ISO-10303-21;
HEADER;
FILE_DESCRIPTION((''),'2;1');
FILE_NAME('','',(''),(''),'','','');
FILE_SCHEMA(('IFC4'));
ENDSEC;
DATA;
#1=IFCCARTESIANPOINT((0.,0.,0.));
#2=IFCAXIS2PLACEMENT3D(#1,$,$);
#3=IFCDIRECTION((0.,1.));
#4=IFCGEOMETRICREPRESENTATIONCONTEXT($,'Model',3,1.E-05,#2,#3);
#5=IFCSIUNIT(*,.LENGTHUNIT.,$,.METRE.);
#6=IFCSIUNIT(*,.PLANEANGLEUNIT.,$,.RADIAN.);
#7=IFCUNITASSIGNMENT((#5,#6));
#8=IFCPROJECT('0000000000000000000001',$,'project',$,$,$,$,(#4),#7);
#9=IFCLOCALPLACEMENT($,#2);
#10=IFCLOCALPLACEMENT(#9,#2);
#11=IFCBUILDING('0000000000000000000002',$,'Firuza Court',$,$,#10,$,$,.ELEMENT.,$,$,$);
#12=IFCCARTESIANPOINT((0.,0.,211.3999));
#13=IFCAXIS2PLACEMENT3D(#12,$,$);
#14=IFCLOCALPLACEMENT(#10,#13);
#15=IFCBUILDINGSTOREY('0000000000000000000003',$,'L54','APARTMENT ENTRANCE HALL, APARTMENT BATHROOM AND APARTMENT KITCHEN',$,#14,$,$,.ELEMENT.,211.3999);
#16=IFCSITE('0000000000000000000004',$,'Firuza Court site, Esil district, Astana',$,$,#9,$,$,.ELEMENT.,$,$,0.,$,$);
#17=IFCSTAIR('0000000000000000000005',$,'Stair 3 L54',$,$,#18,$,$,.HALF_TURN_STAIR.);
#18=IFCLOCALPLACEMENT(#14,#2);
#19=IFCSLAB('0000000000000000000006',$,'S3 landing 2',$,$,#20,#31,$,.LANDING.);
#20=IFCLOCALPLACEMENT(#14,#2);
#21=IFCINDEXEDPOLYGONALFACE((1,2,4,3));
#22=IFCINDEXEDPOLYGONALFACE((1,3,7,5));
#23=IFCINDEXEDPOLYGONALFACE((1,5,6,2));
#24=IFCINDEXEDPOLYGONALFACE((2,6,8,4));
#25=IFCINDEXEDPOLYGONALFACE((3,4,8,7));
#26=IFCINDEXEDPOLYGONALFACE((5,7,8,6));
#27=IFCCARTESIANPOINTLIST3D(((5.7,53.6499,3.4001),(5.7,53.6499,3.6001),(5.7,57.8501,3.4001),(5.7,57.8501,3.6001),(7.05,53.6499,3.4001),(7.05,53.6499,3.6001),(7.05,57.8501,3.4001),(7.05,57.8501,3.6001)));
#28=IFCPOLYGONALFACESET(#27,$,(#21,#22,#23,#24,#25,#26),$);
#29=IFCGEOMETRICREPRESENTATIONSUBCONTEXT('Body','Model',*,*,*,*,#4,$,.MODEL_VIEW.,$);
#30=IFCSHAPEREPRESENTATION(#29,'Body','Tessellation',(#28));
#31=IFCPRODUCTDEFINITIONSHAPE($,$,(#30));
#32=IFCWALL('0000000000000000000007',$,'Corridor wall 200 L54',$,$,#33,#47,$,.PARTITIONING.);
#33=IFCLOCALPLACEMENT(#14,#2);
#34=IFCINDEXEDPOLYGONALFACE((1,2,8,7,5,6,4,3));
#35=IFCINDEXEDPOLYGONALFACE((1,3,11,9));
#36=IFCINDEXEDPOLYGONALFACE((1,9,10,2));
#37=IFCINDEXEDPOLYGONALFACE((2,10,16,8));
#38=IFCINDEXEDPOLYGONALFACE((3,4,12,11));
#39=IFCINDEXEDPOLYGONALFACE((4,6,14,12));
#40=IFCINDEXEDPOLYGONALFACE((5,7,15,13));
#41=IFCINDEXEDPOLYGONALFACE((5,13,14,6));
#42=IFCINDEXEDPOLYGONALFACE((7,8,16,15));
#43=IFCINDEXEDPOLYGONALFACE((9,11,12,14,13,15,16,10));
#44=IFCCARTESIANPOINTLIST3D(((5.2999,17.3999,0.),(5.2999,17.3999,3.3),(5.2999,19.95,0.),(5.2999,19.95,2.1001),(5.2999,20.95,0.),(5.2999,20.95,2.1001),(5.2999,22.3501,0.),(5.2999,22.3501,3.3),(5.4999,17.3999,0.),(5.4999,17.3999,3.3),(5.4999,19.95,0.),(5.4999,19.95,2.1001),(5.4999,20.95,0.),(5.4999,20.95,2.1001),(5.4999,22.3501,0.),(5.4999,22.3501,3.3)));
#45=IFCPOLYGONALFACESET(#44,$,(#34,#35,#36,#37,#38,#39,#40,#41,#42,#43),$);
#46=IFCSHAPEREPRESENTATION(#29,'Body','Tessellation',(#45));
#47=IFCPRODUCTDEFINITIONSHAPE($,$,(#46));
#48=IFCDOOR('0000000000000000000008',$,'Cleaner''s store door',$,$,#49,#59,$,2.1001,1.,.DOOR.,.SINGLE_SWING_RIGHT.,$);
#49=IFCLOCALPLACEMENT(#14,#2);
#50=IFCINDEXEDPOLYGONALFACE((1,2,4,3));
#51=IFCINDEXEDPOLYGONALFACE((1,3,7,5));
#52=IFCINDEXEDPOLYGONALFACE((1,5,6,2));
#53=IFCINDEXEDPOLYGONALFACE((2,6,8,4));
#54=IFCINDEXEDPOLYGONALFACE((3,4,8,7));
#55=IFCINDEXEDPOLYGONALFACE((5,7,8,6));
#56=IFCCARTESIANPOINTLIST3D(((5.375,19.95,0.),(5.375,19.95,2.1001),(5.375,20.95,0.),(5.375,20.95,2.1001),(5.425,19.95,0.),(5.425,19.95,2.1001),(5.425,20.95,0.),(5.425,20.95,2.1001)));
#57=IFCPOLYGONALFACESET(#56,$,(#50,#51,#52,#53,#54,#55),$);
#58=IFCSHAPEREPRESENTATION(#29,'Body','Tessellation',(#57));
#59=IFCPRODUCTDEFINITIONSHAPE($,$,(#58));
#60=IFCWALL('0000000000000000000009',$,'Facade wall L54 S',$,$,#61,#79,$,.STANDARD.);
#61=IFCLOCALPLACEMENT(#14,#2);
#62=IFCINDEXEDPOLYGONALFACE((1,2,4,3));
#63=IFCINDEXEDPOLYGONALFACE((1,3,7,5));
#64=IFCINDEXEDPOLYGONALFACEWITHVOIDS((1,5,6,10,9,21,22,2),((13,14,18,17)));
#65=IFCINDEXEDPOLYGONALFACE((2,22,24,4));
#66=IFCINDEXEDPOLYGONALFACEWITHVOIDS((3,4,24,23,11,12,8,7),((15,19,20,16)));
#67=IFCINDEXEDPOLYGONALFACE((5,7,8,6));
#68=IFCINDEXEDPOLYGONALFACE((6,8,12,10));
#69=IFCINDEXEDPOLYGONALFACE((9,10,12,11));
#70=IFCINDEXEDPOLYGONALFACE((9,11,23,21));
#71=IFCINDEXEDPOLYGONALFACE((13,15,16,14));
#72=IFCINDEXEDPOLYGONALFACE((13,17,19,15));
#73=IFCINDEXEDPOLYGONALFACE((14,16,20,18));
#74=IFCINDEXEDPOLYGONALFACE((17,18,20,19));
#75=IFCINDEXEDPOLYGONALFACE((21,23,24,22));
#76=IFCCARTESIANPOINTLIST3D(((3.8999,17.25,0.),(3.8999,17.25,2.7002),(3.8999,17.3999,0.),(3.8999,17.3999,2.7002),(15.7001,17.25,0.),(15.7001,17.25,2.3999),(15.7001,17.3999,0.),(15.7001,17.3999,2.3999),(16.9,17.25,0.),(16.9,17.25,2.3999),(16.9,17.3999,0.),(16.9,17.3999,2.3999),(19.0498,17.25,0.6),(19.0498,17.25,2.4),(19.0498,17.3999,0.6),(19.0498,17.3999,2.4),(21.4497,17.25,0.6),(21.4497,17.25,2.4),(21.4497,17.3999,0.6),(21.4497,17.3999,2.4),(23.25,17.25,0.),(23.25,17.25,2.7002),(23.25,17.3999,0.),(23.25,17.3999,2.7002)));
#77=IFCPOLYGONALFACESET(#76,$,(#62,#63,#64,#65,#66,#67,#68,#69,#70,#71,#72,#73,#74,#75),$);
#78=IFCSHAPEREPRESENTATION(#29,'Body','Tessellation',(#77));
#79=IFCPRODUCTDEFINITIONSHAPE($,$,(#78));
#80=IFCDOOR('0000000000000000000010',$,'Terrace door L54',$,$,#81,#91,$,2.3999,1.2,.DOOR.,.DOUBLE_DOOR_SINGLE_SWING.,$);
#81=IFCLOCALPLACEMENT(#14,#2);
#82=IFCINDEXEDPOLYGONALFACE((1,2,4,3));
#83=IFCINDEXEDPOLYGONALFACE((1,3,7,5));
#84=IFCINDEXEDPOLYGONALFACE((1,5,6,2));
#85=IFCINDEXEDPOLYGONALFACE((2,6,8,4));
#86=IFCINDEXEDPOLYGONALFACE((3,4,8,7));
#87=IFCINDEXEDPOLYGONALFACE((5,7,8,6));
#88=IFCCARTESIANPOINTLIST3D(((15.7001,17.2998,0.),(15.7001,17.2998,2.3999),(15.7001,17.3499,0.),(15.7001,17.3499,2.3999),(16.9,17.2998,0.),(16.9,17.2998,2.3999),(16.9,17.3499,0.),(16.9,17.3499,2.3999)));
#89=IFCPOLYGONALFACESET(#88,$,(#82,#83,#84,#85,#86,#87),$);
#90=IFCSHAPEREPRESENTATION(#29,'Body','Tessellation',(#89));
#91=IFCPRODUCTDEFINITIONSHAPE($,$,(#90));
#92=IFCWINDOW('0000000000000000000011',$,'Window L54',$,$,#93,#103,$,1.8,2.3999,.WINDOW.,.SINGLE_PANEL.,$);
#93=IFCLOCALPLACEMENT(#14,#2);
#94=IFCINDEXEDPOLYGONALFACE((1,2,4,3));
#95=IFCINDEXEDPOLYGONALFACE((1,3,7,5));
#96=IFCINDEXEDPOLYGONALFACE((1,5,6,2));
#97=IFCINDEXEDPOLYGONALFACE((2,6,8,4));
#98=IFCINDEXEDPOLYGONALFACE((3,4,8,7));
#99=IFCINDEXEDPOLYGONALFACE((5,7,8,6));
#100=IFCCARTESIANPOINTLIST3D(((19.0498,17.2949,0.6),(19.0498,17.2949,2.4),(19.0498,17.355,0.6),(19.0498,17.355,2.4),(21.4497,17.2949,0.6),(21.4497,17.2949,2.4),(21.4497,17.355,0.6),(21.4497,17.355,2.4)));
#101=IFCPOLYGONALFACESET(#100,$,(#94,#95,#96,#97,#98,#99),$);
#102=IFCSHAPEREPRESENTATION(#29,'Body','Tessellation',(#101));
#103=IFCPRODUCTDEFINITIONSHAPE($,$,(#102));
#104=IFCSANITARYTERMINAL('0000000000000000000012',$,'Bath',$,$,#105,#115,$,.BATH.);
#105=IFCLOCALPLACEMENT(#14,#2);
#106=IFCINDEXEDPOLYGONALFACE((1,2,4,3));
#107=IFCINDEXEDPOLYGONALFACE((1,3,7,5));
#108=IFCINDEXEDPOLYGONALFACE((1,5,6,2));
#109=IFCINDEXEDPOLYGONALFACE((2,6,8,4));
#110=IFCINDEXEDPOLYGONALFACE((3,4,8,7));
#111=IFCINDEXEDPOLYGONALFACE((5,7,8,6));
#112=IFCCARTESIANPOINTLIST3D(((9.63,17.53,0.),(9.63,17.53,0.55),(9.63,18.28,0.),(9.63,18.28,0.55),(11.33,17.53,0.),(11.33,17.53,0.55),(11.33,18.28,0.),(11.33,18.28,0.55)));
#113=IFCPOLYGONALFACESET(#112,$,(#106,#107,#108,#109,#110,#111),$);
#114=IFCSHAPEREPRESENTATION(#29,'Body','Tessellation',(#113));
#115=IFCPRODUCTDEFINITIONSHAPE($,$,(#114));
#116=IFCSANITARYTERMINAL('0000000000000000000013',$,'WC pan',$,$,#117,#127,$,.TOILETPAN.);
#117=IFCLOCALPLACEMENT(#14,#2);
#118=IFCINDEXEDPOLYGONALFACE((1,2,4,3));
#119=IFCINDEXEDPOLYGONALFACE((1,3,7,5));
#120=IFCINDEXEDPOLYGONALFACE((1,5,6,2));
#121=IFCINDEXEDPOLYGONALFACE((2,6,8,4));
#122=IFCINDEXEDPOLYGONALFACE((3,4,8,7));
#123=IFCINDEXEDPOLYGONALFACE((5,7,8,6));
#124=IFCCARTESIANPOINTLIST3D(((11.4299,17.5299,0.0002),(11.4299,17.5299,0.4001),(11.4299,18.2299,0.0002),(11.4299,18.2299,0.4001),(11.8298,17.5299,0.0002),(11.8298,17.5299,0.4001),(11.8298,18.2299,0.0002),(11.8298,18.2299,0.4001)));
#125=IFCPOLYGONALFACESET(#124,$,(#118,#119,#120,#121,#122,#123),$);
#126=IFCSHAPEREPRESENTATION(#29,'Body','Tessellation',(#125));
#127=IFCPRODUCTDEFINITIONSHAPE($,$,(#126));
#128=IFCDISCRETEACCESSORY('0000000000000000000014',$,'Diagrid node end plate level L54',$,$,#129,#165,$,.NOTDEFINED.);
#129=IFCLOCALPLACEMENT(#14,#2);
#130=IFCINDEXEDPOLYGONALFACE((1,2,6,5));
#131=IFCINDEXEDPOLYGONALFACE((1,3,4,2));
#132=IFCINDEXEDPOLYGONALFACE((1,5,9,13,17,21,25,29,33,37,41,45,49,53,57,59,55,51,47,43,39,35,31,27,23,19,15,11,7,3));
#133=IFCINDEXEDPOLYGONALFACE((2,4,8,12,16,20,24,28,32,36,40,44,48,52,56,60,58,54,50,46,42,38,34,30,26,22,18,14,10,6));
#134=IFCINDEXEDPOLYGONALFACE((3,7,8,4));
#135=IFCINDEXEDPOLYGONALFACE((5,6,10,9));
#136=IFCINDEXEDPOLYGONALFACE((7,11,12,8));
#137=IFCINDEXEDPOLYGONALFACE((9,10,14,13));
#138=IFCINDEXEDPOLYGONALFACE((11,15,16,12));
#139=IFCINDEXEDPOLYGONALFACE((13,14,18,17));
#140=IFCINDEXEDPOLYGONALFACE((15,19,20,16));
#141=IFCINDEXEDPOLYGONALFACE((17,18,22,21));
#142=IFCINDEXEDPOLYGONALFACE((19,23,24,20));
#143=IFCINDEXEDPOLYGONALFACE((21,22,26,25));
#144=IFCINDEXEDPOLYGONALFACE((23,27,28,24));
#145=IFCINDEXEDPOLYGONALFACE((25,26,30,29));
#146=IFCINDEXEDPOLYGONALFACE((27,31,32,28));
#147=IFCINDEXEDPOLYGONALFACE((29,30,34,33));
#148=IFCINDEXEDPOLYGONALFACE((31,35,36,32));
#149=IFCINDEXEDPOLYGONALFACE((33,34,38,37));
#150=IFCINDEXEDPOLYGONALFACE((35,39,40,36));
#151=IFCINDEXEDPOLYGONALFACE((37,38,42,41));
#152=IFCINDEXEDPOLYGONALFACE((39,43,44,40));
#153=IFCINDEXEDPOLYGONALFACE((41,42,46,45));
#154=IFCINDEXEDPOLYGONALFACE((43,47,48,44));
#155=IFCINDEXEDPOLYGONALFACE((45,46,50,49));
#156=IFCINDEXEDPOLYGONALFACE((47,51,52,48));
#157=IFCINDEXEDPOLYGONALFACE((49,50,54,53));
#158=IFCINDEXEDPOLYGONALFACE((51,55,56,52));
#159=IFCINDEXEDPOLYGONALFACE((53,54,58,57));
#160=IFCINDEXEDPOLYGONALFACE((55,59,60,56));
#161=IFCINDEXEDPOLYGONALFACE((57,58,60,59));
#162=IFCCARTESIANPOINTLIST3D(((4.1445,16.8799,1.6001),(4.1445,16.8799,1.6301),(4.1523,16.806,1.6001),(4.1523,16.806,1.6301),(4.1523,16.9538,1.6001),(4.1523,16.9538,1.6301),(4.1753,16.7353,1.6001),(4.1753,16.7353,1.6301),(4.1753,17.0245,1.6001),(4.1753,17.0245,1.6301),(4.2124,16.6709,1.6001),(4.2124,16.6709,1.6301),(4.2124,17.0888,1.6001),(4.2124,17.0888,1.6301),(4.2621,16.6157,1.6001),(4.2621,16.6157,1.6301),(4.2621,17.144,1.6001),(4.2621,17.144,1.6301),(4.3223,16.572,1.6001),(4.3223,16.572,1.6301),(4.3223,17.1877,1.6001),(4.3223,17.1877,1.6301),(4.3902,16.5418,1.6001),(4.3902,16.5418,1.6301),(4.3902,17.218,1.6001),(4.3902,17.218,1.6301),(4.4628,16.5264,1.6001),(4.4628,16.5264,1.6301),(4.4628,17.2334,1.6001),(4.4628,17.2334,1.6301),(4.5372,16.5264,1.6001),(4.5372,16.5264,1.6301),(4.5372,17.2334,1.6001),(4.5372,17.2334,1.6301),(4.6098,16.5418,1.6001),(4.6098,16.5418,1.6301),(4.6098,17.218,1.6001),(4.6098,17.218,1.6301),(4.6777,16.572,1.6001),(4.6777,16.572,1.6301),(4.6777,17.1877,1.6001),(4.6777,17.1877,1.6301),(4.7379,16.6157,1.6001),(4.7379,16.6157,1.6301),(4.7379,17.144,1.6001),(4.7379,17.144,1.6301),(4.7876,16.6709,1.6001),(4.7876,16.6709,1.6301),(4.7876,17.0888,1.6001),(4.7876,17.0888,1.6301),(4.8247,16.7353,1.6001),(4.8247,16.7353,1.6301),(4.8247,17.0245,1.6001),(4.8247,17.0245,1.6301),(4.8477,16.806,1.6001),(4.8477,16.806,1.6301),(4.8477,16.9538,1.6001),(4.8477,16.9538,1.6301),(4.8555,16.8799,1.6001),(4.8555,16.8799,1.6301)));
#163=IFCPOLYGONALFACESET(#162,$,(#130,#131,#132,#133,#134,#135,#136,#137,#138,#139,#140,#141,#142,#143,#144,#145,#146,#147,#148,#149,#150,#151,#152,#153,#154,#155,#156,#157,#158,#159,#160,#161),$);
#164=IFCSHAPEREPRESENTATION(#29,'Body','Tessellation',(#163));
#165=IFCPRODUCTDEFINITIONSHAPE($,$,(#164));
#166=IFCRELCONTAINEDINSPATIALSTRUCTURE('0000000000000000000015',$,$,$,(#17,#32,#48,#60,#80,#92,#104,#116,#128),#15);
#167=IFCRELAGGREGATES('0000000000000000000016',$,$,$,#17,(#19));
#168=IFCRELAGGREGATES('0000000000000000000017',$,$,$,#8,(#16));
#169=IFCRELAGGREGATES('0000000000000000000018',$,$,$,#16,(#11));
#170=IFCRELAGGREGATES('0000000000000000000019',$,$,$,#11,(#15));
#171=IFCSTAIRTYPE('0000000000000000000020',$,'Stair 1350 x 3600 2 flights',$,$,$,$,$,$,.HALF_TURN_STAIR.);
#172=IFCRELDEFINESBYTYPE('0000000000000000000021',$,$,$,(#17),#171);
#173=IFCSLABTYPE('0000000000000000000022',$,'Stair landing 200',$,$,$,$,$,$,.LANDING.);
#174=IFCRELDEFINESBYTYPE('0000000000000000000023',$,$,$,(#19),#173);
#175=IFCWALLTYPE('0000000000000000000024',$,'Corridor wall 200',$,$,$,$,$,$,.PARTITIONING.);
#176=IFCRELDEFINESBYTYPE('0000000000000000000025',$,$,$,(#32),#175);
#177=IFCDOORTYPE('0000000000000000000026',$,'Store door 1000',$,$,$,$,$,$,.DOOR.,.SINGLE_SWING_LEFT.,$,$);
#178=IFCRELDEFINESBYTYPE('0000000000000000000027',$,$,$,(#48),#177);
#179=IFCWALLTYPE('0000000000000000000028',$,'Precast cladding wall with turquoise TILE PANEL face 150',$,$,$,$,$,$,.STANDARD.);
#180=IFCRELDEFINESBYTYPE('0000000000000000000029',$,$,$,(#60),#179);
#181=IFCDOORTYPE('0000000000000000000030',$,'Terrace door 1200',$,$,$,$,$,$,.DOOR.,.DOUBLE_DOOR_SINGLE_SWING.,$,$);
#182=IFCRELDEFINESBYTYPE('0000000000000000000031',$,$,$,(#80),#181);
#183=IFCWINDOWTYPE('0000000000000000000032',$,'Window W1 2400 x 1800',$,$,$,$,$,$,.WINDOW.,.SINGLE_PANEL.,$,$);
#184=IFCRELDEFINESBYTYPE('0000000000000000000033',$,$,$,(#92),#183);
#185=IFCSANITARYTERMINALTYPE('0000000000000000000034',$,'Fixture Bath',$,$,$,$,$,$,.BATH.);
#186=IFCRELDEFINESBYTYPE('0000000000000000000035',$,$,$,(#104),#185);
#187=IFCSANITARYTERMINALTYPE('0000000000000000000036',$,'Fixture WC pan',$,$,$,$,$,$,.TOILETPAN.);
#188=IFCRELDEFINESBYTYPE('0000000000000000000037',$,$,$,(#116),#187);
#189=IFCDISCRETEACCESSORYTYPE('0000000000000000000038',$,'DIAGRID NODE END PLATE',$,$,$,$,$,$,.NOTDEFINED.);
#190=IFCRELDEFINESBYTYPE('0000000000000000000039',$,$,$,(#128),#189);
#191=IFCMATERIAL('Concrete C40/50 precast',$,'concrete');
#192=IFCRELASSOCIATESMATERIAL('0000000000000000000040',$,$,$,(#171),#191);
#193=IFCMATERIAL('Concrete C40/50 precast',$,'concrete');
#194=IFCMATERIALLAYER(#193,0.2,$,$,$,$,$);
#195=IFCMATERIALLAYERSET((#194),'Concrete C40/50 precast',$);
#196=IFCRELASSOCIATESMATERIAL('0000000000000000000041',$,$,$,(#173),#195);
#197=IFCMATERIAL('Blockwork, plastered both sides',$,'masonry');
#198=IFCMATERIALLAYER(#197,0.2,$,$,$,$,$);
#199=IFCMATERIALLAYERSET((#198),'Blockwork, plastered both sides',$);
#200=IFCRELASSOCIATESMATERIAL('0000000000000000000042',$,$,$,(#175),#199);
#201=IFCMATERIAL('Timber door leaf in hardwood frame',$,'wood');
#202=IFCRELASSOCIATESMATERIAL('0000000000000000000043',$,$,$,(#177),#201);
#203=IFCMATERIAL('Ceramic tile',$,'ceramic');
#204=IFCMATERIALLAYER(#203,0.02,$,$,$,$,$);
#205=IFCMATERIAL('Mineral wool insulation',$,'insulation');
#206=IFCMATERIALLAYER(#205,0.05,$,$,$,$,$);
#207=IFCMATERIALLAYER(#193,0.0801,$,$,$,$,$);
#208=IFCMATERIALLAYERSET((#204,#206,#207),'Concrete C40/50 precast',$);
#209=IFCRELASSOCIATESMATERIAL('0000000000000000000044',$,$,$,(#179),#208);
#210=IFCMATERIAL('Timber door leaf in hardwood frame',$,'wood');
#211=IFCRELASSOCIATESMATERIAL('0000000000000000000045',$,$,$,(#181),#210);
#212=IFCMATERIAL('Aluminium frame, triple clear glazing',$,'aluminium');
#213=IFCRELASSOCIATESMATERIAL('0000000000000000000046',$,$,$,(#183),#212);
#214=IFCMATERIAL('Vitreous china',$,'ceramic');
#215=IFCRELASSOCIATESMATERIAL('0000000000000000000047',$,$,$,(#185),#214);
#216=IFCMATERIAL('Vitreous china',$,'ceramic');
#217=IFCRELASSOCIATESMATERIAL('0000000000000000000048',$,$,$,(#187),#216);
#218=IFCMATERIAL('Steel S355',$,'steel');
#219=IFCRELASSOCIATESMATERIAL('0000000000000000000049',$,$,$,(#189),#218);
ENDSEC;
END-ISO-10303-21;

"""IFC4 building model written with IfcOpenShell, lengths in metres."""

from ifc_helpers import new_model, si_unit, direction, frame, frame_2d, origin, origin_2d, place, context, subcontext, project, spatial, polyline, rectangle, circle, outline, extrude, material, layer, layer_set, material_profile, profile_set, type_object, element, fill, aggregate, save


model = new_model("IFC4")

# Units and contexts
model_context = context("Model", 3, precision=1e-05, world=origin(), true_north=direction((0.0, 1.0)))
body_context = subcontext(model_context, "Body", "Model", "MODEL_VIEW")
ifc_project = project(units=[si_unit("LENGTHUNIT", "METRE"), si_unit("PLANEANGLEUNIT", "RADIAN")], contexts=[model_context])

# Site, building, storey
site_placement = place(None, origin())
site = spatial("IfcSite", under=ifc_project, at=site_placement, Name="Firuza Court site, Esil district, Astana", CompositionType="ELEMENT", RefElevation=0.0)
building_placement = place(site_placement, origin())
building = spatial("IfcBuilding", under=site, at=building_placement, Name="Firuza Court", CompositionType="ELEMENT")
storey_placement = place(building_placement, frame((0.0, 0.0, 211.3999)))
storey = spatial("IfcBuildingStorey", under=building, at=storey_placement, Name="L54", Description="APARTMENT ENTRANCE HALL, APARTMENT BATHROOM AND APARTMENT KITCHEN", CompositionType="ELEMENT", Elevation=211.3999)

# Stair, slab
ifc_material_1 = material(Name="Concrete C40/50 precast", Category="concrete")
stair_type = type_object("IfcStairType", Name="Stair 1350 x 3600 2 flights", PredefinedType="HALF_TURN_STAIR", material=ifc_material_1)
ifc_material_2 = material(Name="Concrete C40/50 precast", Category="concrete")
ifc_layer_1 = layer(ifc_material_2, 0.2)
ifc_layer_set_1 = layer_set([ifc_layer_1], Name="Concrete C40/50 precast")
slab_type_1 = type_object("IfcSlabType", Name="Stair landing 200", PredefinedType="LANDING", material=ifc_layer_set_1)
stair_1_placement = place(storey_placement, origin())
stair_1 = element("IfcStair", 1, at=stair_1_placement, inside=storey, type_object=stair_type, Name="Stair 3 L54", PredefinedType="HALF_TURN_STAIR")
slab_1_placement = place(storey_placement, frame((0.0, 0.0, 3.4001)))
slab_1 = element("IfcSlab", 2, at=slab_1_placement, type_object=slab_type_1, Name="S3 landing 2", PredefinedType="LANDING", context=body_context, shape_type="SweptSolid", body=[
    extrude(outline(polyline([(7.05, 53.6499), (7.05, 57.8501), (5.7, 57.8501), (5.7, 53.6499), (7.05, 53.6499)])), origin(), (0.0, 0.0, 1.0), 0.2),
])
aggregate(stair_1, [slab_1])

# Wall, opening, door
ifc_material_3 = material(Name="Blockwork, plastered both sides", Category="masonry")
ifc_layer_2 = layer(ifc_material_3, 0.2)
ifc_layer_set_2 = layer_set([ifc_layer_2], Name="Blockwork, plastered both sides")
wall_type_1 = type_object("IfcWallType", Name="Corridor wall 200", PredefinedType="PARTITIONING", material=ifc_layer_set_2)
wall_1_placement = place(storey_placement, frame((5.3999, 17.3999, 0.0), z_axis=(0.0, 0.0, 1.0), x_axis=(0.0, 1.0, 0.0)))
wall_1 = element("IfcWall", 3, at=wall_1_placement, inside=storey, type_object=wall_type_1, Name="Corridor wall 200 L54", PredefinedType="PARTITIONING", context=body_context, shape_type="SweptSolid", body=[
    extrude(rectangle(XDim=4.9502, YDim=0.2, at=frame_2d((2.4751, 0.0))), origin(), (0.0, 0.0, 1.0), 3.3),
])
opening_1_placement = place(wall_1_placement, frame((2.55, 0.0, 0.0)))
opening_1 = element("IfcOpeningElement", 4, at=opening_1_placement, cuts=wall_1, PredefinedType="OPENING", context=body_context, shape_type="SweptSolid", body=[
    extrude(rectangle(XDim=1.0, YDim=2.1001, at=frame_2d((0.5, 1.05))), frame((0.0, 0.1118, 0.0), z_axis=(0.0, -1.0, 0.0), x_axis=(1.0, 0.0, 0.0)), (0.0, 0.0, 1.0), 0.2239),
])
ifc_material_4 = material(Name="Timber door leaf in hardwood frame", Category="wood")
door_type_1 = type_object("IfcDoorType", Name="Store door 1000", OperationType="SINGLE_SWING_LEFT", PredefinedType="DOOR", material=ifc_material_4)
door_1_placement = place(opening_1_placement, origin())
door_1 = element("IfcDoor", 5, at=door_1_placement, inside=storey, type_object=door_type_1, Name="Cleaner's store door", OperationType="SINGLE_SWING_RIGHT", OverallHeight=2.1001, OverallWidth=1.0, PredefinedType="DOOR", context=body_context, shape_type="SweptSolid", body=[
    extrude(rectangle(XDim=1.0, YDim=2.1001, at=frame_2d((0.5, 1.05))), frame((0.0, 0.0249, 0.0), z_axis=(0.0, -1.0, 0.0), x_axis=(1.0, 0.0, 0.0)), (0.0, 0.0, 1.0), 0.05),
])
fill(opening_1, door_1)

# Wall, openings, door, window
ifc_material_5 = material(Name="Ceramic tile", Category="ceramic")
ifc_layer_3 = layer(ifc_material_5, 0.02)
ifc_material_6 = material(Name="Mineral wool insulation", Category="insulation")
ifc_layer_4 = layer(ifc_material_6, 0.05)
ifc_layer_5 = layer(ifc_material_2, 0.0801)
ifc_layer_set_3 = layer_set([ifc_layer_3, ifc_layer_4, ifc_layer_5], Name="Concrete C40/50 precast")
wall_type_2 = type_object("IfcWallType", Name="Precast cladding wall with turquoise TILE PANEL face 150", PredefinedType="STANDARD", material=ifc_layer_set_3)
wall_2_placement = place(storey_placement, frame((3.8999, 17.325, 0.0), z_axis=(0.0, 0.0, 1.0), x_axis=(1.0, 0.0, 0.0)))
wall_2 = element("IfcWall", 6, at=wall_2_placement, inside=storey, type_object=wall_type_2, Name="Facade wall L54 S", PredefinedType="STANDARD", context=body_context, shape_type="SweptSolid", body=[
    extrude(rectangle(XDim=19.3501, YDim=0.1499, at=frame_2d((9.675, 0.0))), origin(), (0.0, 0.0, 1.0), 2.7002),
])
opening_2_placement = place(wall_2_placement, frame((11.8, 0.0, 0.0)))
opening_2 = element("IfcOpeningElement", 7, at=opening_2_placement, cuts=wall_2, PredefinedType="OPENING", context=body_context, shape_type="SweptSolid", body=[
    extrude(rectangle(XDim=1.2, YDim=2.3999, at=frame_2d((0.6001, 1.2))), frame((0.0, 0.0869, 0.0), z_axis=(0.0, -1.0, 0.0), x_axis=(1.0, 0.0, 0.0)), (0.0, 0.0, 1.0), 0.1738),
])
opening_3_placement = place(wall_2_placement, frame((15.1499, 0.0, 0.6001)))
opening_3 = element("IfcOpeningElement", 8, at=opening_3_placement, cuts=wall_2, PredefinedType="OPENING", context=body_context, shape_type="SweptSolid", body=[
    extrude(rectangle(XDim=2.3999, YDim=1.8, at=frame_2d((1.2, 0.8999))), frame((0.0, 0.0869, 0.0), z_axis=(0.0, -1.0, 0.0), x_axis=(1.0, 0.0, 0.0)), (0.0, 0.0, 1.0), 0.1738),
])
ifc_material_7 = material(Name="Timber door leaf in hardwood frame", Category="wood")
door_type_2 = type_object("IfcDoorType", Name="Terrace door 1200", OperationType="DOUBLE_DOOR_SINGLE_SWING", PredefinedType="DOOR", material=ifc_material_7)
door_2_placement = place(opening_2_placement, origin())
door_2 = element("IfcDoor", 9, at=door_2_placement, inside=storey, type_object=door_type_2, Name="Terrace door L54", OperationType="DOUBLE_DOOR_SINGLE_SWING", OverallHeight=2.3999, OverallWidth=1.2, PredefinedType="DOOR", context=body_context, shape_type="SweptSolid", body=[
    extrude(rectangle(XDim=1.2, YDim=2.3999, at=frame_2d((0.6001, 1.2))), frame((0.0, 0.0249, 0.0), z_axis=(0.0, -1.0, 0.0), x_axis=(1.0, 0.0, 0.0)), (0.0, 0.0, 1.0), 0.05),
])
fill(opening_2, door_2)
ifc_material_8 = material(Name="Aluminium frame, triple clear glazing", Category="aluminium")
window_type = type_object("IfcWindowType", Name="Window W1 2400 x 1800", PartitioningType="SINGLE_PANEL", PredefinedType="WINDOW", material=ifc_material_8)
window_placement = place(opening_3_placement, origin())
window = element("IfcWindow", 10, at=window_placement, inside=storey, type_object=window_type, Name="Window L54", OverallHeight=1.8, OverallWidth=2.3999, PartitioningType="SINGLE_PANEL", PredefinedType="WINDOW", context=body_context, shape_type="SweptSolid", body=[
    extrude(rectangle(XDim=2.3999, YDim=1.8, at=frame_2d((1.2, 0.8999))), frame((0.0, 0.03, 0.0), z_axis=(0.0, -1.0, 0.0), x_axis=(1.0, 0.0, 0.0)), (0.0, 0.0, 1.0), 0.0601),
])
fill(opening_3, window)

# Sanitary terminals
ifc_material_9 = material(Name="Vitreous china", Category="ceramic")
sanitary_terminal_type_1 = type_object("IfcSanitaryTerminalType", Name="Fixture Bath", PredefinedType="BATH", material=ifc_material_9)
sanitary_terminal_1_placement = place(storey_placement, frame((10.48, 17.905, 0.0), z_axis=(0.0, 0.0, 1.0), x_axis=(1.0, 0.0, 0.0)))
element("IfcSanitaryTerminal", 11, at=sanitary_terminal_1_placement, inside=storey, type_object=sanitary_terminal_type_1, Name="Bath", PredefinedType="BATH", context=body_context, shape_type="SweptSolid", body=[
    extrude(rectangle(XDim=1.7, YDim=0.75, at=origin_2d()), origin(), (0.0, 0.0, 1.0), 0.55),
])
ifc_material_10 = material(Name="Vitreous china", Category="ceramic")
sanitary_terminal_type_2 = type_object("IfcSanitaryTerminalType", Name="Fixture WC pan", PredefinedType="TOILETPAN", material=ifc_material_10)
sanitary_terminal_2_placement = place(storey_placement, frame((11.6299, 17.8799, 0.0002), z_axis=(0.0, 0.0, 1.0), x_axis=(1.0, 0.0, 0.0)))
element("IfcSanitaryTerminal", 12, at=sanitary_terminal_2_placement, inside=storey, type_object=sanitary_terminal_type_2, Name="WC pan", PredefinedType="TOILETPAN", context=body_context, shape_type="SweptSolid", body=[
    extrude(rectangle(XDim=0.3999, YDim=0.7, at=origin_2d()), origin(), (0.0, 0.0, 1.0), 0.3999),
])

# Discrete accessory
ifc_material_11 = material(Name="Steel S355", Category="steel")
ifc_material_profile_1 = material_profile(ifc_material_11, circle(Radius=0.3555, at=origin_2d()), Name="PL D711")
ifc_profile_set_1 = profile_set([ifc_material_profile_1], Name="Steel S355")
discrete_accessory_type = type_object("IfcDiscreteAccessoryType", Name="DIAGRID NODE END PLATE", PredefinedType="NOTDEFINED", material=ifc_profile_set_1)
discrete_accessory_placement = place(storey_placement, frame((4.5, 16.8799, 1.6001), z_axis=(0.0, 0.0, 1.0), x_axis=(1.0, 0.0, 0.0)))
element("IfcDiscreteAccessory", 13, at=discrete_accessory_placement, inside=storey, type_object=discrete_accessory_type, Name="Diagrid node end plate level L54", PredefinedType="NOTDEFINED", context=body_context, shape_type="SweptSolid", body=[
    extrude(circle(Radius=0.3555, at=origin_2d()), origin(), (0.0, 0.0, 1.0), 0.03),
])

save(model, "model.ifc")
